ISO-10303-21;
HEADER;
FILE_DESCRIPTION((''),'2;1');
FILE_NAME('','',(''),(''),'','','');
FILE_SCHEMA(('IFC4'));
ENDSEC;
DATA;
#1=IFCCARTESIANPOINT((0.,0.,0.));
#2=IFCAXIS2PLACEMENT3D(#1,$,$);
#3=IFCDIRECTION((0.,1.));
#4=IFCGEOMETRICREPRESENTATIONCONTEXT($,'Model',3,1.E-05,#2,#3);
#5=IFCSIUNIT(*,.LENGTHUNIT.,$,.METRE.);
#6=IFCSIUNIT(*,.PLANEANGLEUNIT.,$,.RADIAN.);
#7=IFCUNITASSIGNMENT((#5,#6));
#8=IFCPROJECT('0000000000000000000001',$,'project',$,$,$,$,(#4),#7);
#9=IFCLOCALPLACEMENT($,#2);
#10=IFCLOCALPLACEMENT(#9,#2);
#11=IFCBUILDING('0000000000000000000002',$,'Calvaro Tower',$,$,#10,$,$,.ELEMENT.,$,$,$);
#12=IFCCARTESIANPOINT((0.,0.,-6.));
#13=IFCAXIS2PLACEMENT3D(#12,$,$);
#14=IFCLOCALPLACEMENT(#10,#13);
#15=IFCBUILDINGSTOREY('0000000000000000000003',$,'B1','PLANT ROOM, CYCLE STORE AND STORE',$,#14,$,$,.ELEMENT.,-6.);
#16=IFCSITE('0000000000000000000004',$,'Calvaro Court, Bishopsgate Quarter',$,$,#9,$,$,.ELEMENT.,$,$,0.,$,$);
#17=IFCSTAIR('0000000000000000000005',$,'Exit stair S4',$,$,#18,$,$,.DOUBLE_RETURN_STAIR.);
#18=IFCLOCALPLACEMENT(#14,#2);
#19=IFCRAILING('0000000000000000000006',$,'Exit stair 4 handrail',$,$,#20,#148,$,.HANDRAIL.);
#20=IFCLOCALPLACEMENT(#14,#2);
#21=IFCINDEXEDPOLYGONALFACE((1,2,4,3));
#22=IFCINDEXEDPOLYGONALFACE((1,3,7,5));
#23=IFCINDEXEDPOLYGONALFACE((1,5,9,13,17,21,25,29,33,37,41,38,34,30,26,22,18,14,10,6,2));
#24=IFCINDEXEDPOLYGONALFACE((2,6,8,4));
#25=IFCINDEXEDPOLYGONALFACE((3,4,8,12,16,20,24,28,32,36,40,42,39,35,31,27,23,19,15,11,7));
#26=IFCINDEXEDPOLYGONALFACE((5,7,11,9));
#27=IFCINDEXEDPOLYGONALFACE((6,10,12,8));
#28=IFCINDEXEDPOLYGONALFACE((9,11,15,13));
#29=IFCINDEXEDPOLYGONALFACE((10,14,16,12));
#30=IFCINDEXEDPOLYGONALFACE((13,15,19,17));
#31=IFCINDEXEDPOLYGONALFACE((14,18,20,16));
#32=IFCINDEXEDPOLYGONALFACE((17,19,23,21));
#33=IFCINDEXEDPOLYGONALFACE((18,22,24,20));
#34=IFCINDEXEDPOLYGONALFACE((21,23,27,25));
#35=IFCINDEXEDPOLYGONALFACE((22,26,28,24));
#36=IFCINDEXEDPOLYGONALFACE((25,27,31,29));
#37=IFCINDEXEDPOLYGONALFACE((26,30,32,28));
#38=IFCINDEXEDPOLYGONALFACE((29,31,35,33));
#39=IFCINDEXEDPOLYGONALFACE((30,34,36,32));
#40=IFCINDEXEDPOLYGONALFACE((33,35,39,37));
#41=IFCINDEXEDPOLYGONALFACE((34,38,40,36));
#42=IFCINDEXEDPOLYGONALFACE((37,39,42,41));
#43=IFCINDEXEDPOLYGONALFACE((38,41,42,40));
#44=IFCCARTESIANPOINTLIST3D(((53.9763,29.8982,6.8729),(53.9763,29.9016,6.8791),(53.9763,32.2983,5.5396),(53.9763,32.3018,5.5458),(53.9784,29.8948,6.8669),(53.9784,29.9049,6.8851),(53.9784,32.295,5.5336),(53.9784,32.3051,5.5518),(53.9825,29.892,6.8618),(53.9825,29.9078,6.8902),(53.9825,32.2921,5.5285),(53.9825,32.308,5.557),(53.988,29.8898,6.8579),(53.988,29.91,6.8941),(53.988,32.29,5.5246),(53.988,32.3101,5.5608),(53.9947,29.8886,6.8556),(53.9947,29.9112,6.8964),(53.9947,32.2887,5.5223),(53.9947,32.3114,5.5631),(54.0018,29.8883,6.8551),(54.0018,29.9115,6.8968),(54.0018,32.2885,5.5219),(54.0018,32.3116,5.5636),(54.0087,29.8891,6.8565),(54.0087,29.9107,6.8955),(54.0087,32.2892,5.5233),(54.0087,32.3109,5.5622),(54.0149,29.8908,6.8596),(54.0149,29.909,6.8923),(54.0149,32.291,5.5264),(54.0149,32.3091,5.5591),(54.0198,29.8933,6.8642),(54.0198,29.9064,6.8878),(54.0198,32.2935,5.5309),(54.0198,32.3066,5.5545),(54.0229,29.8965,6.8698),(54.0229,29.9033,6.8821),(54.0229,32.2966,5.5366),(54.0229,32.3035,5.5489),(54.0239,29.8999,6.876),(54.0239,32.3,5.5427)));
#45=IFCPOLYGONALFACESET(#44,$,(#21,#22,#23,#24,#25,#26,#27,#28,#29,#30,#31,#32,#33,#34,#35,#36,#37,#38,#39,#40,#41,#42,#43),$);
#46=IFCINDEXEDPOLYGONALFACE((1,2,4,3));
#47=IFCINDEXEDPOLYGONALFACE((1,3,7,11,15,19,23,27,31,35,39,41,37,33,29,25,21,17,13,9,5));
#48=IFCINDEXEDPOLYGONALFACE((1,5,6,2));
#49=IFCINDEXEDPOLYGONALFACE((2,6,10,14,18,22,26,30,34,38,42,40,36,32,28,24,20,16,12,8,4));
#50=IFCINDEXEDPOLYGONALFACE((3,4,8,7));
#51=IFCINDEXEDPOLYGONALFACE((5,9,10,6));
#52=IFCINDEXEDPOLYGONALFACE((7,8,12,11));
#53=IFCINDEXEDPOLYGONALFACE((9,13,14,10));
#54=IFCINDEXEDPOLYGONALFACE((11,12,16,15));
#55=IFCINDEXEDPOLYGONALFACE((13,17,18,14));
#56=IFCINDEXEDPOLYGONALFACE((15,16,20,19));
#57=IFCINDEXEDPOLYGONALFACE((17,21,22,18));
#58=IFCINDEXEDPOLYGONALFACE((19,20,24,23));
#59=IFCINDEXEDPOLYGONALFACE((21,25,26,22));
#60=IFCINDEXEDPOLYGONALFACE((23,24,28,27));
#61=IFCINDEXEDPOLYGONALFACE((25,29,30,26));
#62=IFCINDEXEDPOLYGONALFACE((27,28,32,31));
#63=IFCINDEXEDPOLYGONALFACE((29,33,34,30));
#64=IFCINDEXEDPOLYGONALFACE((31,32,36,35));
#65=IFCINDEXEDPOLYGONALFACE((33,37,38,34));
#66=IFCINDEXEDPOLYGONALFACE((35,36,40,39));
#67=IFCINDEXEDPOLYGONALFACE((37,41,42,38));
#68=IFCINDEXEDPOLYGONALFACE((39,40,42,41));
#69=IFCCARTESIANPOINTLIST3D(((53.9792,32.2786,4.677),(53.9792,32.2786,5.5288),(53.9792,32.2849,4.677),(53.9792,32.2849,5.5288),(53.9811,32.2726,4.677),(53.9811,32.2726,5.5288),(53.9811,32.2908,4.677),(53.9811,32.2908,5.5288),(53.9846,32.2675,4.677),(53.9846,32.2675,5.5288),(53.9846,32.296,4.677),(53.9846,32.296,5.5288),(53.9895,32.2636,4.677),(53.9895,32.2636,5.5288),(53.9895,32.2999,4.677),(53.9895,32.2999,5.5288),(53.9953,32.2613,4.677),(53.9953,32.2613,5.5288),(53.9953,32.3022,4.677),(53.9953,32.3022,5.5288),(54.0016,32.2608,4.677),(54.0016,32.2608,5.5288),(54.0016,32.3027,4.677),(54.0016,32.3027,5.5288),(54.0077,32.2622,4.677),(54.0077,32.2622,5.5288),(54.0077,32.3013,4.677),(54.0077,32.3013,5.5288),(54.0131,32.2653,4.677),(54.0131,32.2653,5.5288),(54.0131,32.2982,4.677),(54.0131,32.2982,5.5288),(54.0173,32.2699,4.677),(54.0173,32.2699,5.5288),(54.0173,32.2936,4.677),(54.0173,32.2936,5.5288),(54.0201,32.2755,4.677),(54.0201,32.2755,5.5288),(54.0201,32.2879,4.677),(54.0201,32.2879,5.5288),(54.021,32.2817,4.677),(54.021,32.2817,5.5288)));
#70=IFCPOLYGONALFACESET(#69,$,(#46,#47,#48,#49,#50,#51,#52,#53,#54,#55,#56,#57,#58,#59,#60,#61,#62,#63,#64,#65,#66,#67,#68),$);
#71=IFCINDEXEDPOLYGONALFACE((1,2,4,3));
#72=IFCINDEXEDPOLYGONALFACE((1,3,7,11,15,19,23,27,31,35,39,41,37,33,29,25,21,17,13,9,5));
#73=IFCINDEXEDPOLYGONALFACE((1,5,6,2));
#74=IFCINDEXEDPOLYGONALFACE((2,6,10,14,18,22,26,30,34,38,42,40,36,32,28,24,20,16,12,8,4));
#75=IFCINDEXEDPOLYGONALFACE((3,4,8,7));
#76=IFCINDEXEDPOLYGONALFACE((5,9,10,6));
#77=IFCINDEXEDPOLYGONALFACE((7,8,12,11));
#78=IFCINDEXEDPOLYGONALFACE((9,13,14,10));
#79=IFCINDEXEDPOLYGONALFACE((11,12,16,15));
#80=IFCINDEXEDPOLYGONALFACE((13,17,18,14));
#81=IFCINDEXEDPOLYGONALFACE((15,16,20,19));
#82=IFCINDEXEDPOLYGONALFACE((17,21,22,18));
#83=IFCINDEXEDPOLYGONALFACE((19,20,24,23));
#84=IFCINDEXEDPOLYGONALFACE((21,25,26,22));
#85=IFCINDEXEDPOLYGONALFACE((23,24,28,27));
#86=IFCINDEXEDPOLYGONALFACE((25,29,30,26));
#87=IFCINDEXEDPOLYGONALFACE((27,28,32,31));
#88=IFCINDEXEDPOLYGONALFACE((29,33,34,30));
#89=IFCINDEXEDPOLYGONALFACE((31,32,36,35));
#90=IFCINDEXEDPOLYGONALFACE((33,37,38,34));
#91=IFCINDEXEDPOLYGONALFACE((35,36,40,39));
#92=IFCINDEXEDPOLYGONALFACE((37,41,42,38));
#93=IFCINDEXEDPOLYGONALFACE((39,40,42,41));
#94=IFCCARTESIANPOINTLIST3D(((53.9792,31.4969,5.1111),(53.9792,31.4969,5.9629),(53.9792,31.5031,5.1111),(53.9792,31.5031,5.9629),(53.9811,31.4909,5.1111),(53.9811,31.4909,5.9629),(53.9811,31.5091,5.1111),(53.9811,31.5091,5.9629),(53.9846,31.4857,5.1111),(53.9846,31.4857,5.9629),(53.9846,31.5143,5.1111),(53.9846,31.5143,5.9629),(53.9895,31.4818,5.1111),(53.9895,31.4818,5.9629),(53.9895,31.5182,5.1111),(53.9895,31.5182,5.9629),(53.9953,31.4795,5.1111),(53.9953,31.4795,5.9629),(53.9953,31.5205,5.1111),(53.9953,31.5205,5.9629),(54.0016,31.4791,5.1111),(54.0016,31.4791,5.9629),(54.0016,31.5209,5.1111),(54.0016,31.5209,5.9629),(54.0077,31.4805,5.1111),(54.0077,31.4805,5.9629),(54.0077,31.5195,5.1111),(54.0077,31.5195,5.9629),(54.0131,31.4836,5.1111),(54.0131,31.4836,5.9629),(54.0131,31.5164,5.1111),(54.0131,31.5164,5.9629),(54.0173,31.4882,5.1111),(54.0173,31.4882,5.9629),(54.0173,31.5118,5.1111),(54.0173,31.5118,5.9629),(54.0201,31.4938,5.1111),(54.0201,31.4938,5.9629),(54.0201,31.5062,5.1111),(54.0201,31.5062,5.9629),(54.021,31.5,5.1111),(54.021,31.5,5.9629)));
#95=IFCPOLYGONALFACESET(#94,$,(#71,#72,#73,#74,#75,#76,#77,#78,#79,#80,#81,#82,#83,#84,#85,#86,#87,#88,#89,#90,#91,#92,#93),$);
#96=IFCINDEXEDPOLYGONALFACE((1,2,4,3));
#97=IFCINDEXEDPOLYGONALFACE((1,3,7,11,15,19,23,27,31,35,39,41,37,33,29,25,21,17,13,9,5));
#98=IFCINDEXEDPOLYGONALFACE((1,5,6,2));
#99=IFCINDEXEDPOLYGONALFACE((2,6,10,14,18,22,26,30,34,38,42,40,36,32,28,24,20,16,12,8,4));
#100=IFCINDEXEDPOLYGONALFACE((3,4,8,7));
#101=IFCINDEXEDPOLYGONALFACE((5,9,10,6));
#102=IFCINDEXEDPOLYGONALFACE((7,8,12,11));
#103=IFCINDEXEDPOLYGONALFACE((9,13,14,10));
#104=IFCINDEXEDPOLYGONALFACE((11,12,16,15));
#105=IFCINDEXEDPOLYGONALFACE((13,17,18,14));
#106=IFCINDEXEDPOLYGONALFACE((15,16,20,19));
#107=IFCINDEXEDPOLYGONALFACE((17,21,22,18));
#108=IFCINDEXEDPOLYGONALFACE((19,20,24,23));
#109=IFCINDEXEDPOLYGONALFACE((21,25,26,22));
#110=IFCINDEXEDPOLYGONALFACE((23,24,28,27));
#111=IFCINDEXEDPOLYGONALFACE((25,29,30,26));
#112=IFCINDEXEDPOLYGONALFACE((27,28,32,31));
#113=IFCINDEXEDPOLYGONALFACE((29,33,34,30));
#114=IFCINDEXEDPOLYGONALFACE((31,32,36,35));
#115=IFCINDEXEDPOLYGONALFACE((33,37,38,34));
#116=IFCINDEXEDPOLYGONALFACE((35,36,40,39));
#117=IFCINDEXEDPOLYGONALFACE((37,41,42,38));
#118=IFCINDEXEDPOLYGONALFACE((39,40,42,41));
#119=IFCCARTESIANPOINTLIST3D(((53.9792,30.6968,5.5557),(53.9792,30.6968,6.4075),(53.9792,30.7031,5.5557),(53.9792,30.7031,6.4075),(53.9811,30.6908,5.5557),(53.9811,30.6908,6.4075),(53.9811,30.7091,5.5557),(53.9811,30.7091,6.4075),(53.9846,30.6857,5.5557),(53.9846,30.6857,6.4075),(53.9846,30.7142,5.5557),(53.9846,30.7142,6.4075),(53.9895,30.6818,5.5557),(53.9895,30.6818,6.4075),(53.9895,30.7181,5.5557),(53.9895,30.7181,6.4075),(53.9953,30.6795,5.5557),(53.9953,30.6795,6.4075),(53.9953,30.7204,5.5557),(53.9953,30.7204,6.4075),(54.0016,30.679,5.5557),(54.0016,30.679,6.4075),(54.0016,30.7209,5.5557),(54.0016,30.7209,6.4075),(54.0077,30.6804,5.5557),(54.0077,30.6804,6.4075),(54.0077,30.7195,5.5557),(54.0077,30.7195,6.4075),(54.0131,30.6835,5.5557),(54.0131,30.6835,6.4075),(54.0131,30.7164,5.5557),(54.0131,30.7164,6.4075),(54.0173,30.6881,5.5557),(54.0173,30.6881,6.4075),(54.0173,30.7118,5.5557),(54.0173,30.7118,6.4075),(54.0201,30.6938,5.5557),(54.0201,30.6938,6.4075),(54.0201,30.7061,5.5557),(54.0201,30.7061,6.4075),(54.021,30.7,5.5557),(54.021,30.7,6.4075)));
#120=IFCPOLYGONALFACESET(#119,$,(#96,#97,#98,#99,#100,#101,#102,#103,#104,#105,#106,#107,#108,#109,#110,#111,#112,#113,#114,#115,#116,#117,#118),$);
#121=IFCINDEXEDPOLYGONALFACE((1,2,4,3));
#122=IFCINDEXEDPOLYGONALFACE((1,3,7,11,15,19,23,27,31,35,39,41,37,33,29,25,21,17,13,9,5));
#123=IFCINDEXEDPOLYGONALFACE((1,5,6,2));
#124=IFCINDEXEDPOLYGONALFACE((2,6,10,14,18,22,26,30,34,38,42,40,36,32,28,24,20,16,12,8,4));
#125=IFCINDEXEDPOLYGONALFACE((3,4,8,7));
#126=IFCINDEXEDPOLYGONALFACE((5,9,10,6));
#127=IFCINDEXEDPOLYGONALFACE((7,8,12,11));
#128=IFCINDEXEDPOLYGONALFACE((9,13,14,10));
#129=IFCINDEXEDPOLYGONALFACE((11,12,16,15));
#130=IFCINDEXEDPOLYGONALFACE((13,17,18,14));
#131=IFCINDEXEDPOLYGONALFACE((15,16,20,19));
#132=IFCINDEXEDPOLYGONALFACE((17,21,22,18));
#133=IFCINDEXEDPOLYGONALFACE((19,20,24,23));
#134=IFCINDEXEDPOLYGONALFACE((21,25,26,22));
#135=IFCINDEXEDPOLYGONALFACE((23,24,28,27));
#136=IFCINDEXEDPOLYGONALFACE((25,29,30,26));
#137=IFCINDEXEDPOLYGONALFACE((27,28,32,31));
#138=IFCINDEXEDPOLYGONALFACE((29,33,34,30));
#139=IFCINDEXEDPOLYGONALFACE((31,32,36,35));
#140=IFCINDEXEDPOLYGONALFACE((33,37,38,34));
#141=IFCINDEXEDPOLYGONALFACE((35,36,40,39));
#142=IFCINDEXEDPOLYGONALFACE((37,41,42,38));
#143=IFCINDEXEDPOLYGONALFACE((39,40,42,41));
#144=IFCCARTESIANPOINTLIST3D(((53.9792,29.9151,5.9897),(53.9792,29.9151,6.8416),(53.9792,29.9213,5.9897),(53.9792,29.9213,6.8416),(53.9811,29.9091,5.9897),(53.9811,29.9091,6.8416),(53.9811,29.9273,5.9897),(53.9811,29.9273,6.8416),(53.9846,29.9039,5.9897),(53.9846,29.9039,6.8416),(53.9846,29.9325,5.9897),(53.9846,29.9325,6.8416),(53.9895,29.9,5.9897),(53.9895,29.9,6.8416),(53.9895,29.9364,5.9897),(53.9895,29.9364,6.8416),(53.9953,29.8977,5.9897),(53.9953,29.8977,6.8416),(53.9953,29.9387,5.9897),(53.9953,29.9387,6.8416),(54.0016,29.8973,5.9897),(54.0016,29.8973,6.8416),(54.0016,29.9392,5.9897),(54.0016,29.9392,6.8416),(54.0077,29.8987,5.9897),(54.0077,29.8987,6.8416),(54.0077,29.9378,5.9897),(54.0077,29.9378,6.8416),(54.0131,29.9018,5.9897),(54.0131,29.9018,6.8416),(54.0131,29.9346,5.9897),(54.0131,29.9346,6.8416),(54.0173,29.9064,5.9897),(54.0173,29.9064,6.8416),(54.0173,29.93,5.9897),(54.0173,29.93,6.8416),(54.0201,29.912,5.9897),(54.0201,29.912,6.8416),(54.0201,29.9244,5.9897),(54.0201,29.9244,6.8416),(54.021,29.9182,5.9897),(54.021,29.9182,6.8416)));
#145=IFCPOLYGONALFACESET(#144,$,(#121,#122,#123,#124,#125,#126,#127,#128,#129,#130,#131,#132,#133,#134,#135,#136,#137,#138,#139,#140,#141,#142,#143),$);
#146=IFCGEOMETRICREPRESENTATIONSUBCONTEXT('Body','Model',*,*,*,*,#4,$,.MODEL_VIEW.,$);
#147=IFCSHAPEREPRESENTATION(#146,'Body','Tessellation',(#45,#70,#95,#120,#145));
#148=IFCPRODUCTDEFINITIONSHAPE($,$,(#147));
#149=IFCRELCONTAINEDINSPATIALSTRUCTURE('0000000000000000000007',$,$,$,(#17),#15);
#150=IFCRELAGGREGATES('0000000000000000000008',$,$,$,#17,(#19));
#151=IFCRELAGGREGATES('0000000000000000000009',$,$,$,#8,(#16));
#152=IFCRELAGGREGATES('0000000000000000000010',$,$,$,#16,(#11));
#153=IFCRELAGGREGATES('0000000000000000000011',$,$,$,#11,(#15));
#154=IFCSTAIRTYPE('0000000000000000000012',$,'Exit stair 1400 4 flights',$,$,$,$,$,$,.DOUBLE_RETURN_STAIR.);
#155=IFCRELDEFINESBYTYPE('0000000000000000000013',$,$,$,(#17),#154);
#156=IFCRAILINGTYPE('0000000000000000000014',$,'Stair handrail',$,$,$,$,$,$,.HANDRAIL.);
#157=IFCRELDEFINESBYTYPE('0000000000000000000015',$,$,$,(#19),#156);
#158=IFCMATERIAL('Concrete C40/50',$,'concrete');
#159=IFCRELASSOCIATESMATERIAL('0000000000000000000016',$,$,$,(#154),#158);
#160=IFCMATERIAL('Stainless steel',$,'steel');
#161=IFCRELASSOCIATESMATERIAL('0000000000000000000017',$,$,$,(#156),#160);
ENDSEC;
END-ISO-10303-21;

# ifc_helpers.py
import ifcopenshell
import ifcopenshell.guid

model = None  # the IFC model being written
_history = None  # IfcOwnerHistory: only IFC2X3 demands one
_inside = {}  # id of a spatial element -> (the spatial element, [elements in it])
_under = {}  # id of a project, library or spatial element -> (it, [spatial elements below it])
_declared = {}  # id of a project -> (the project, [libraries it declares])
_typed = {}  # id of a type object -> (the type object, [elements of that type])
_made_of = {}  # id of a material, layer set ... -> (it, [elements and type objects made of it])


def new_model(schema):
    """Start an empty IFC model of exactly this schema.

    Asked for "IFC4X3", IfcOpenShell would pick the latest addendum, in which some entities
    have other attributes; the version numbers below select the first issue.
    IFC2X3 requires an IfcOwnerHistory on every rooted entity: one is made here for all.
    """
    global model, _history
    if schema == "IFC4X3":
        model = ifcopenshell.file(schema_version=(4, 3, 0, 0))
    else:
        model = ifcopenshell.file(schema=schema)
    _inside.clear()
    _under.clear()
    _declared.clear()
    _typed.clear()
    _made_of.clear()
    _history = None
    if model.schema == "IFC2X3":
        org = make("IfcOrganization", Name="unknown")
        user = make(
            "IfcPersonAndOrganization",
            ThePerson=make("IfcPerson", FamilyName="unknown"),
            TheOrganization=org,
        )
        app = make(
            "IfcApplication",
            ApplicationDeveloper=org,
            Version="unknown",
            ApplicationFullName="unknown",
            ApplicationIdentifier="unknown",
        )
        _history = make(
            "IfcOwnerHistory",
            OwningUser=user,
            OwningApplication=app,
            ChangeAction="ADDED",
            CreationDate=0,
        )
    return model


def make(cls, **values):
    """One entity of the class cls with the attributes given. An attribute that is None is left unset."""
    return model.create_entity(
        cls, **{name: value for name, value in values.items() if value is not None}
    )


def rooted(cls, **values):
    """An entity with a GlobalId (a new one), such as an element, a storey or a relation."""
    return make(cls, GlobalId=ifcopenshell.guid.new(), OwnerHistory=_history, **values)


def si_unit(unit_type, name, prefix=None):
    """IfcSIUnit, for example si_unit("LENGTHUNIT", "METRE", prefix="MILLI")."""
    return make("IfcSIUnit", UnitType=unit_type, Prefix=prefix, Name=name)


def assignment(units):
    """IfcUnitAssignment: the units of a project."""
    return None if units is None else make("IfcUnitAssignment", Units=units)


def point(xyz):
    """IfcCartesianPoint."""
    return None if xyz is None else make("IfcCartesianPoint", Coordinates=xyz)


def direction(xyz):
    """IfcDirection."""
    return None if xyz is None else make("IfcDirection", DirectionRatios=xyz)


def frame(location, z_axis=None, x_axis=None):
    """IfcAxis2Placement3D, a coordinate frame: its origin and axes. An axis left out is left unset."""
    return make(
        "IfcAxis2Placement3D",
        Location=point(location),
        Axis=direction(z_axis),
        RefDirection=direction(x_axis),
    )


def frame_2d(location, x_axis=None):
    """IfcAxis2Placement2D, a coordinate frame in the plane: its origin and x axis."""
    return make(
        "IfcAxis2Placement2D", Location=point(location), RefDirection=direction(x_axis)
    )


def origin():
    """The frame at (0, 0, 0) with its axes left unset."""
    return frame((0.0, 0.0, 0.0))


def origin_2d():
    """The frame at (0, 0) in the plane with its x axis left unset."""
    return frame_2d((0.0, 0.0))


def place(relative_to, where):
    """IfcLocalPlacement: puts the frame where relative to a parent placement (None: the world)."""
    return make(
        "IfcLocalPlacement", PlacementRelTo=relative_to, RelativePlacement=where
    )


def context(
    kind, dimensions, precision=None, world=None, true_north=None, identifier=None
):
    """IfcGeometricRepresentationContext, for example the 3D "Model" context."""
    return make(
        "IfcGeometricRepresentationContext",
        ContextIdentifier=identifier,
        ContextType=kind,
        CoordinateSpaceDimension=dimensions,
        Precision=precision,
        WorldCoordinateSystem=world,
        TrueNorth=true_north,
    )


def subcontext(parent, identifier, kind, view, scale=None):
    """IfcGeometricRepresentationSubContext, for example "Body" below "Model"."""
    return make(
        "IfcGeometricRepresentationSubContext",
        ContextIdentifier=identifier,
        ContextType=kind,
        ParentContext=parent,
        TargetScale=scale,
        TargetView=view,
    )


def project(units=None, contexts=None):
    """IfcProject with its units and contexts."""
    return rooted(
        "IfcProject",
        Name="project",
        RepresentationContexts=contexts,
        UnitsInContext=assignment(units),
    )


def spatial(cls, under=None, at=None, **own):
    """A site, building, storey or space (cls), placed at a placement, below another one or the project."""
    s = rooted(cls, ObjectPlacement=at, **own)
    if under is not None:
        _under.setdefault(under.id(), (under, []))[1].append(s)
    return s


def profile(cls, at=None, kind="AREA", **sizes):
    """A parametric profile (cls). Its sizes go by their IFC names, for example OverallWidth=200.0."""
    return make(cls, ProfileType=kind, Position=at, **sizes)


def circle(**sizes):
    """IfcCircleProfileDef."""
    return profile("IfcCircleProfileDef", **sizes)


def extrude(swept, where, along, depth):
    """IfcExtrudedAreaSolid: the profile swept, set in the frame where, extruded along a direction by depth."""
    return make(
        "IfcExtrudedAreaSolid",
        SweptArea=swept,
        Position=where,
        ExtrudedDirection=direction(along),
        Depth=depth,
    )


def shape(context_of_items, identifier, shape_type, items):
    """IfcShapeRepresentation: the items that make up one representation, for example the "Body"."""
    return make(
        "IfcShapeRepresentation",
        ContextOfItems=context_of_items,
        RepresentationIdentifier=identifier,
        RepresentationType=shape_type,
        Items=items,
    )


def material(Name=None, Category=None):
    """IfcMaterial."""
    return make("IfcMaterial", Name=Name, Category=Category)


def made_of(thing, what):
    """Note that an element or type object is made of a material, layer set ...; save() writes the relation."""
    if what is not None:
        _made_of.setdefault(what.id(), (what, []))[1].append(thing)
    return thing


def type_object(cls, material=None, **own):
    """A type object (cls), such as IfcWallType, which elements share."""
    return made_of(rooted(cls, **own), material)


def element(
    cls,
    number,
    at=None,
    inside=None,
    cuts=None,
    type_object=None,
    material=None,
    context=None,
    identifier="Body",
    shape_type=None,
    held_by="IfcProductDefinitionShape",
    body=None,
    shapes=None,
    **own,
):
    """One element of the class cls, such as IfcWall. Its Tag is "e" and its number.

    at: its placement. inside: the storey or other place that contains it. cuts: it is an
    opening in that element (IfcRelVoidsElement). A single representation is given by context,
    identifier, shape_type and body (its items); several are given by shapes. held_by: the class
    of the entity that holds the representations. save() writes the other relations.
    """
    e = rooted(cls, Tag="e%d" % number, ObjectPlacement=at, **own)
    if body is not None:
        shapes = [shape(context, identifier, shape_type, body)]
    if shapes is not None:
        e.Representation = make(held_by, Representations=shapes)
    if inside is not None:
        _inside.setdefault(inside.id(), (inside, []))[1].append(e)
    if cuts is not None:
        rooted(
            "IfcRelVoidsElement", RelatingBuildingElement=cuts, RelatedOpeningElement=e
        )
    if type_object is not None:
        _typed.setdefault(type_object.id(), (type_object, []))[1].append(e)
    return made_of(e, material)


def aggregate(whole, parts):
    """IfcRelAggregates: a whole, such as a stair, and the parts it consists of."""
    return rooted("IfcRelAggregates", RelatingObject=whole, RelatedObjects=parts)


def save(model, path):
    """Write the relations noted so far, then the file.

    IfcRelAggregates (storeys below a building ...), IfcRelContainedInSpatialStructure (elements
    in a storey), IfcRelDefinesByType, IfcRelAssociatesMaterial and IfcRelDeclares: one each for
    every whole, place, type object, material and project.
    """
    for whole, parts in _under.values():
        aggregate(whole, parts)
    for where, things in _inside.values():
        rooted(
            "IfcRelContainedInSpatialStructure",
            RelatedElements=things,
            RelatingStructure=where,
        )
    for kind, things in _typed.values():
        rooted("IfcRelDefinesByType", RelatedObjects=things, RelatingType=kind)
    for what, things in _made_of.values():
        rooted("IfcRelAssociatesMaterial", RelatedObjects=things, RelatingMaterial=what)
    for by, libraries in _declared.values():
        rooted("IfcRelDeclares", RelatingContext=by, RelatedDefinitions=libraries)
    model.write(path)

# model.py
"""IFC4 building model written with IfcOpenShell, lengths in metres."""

from ifc_helpers import new_model, si_unit, direction, frame, origin, origin_2d, place, context, subcontext, project, spatial, circle, extrude, material, type_object, element, aggregate, save


model = new_model("IFC4")

# Units and contexts
model_context = context("Model", 3, precision=1e-05, world=origin(), true_north=direction((0.0, 1.0)))
body_context = subcontext(model_context, "Body", "Model", "MODEL_VIEW")
ifc_project = project(units=[si_unit("LENGTHUNIT", "METRE"), si_unit("PLANEANGLEUNIT", "RADIAN")], contexts=[model_context])

# Site, building, storey
site_placement = place(None, origin())
site = spatial("IfcSite", under=ifc_project, at=site_placement, Name="Calvaro Court, Bishopsgate Quarter", CompositionType="ELEMENT", RefElevation=0.0)
building_placement = place(site_placement, origin())
building = spatial("IfcBuilding", under=site, at=building_placement, Name="Calvaro Tower", CompositionType="ELEMENT")
storey_placement = place(building_placement, frame((0.0, 0.0, -6.0)))
storey = spatial("IfcBuildingStorey", under=building, at=storey_placement, Name="B1", Description="PLANT ROOM, CYCLE STORE AND STORE", CompositionType="ELEMENT", Elevation=-6.0)

# Shared definitions
ifc_material_1 = material(Name="Concrete C40/50", Category="concrete")
stair_type = type_object("IfcStairType", Name="Exit stair 1400 4 flights", PredefinedType="DOUBLE_RETURN_STAIR", material=ifc_material_1)

# Stair, railing
stair_1_placement = place(storey_placement, origin())
stair_1 = element("IfcStair", 1, at=stair_1_placement, inside=storey, type_object=stair_type, Name="Exit stair S4", PredefinedType="DOUBLE_RETURN_STAIR")
ifc_material_2 = material(Name="Stainless steel", Category="steel")
railing_type = type_object("IfcRailingType", Name="Stair handrail", PredefinedType="HANDRAIL", material=ifc_material_2)
railing_1_placement = place(storey_placement, frame((54.0, 32.3, 4.6667)))
railing_1 = element("IfcRailing", 2, at=railing_1_placement, type_object=railing_type, Name="Exit stair 4 handrail", PredefinedType="HANDRAIL", context=body_context, shape_type="SweptSolid", body=[
    extrude(circle(Radius=0.0239, at=origin_2d()), frame((0.0, 0.0, 0.876), z_axis=(0.0, -0.874182, 0.485598), x_axis=(1.0, 0.0, 0.0)), (0.0, 0.0, 1.0), 2.7456),
    extrude(circle(Radius=0.021, at=origin_2d()), frame((0.0, -0.0183, 0.0103)), (0.0, 0.0, 1.0), 0.8518),
    extrude(circle(Radius=0.021, at=origin_2d()), frame((0.0, -0.8, 0.4443)), (0.0, 0.0, 1.0), 0.8518),
    extrude(circle(Radius=0.021, at=origin_2d()), frame((0.0, -1.6001, 0.8889)), (0.0, 0.0, 1.0), 0.8518),
    extrude(circle(Radius=0.021, at=origin_2d()), frame((0.0, -2.3818, 1.323)), (0.0, 0.0, 1.0), 0.8518),
])
aggregate(stair_1, [railing_1])

save(model, "model.ifc")
